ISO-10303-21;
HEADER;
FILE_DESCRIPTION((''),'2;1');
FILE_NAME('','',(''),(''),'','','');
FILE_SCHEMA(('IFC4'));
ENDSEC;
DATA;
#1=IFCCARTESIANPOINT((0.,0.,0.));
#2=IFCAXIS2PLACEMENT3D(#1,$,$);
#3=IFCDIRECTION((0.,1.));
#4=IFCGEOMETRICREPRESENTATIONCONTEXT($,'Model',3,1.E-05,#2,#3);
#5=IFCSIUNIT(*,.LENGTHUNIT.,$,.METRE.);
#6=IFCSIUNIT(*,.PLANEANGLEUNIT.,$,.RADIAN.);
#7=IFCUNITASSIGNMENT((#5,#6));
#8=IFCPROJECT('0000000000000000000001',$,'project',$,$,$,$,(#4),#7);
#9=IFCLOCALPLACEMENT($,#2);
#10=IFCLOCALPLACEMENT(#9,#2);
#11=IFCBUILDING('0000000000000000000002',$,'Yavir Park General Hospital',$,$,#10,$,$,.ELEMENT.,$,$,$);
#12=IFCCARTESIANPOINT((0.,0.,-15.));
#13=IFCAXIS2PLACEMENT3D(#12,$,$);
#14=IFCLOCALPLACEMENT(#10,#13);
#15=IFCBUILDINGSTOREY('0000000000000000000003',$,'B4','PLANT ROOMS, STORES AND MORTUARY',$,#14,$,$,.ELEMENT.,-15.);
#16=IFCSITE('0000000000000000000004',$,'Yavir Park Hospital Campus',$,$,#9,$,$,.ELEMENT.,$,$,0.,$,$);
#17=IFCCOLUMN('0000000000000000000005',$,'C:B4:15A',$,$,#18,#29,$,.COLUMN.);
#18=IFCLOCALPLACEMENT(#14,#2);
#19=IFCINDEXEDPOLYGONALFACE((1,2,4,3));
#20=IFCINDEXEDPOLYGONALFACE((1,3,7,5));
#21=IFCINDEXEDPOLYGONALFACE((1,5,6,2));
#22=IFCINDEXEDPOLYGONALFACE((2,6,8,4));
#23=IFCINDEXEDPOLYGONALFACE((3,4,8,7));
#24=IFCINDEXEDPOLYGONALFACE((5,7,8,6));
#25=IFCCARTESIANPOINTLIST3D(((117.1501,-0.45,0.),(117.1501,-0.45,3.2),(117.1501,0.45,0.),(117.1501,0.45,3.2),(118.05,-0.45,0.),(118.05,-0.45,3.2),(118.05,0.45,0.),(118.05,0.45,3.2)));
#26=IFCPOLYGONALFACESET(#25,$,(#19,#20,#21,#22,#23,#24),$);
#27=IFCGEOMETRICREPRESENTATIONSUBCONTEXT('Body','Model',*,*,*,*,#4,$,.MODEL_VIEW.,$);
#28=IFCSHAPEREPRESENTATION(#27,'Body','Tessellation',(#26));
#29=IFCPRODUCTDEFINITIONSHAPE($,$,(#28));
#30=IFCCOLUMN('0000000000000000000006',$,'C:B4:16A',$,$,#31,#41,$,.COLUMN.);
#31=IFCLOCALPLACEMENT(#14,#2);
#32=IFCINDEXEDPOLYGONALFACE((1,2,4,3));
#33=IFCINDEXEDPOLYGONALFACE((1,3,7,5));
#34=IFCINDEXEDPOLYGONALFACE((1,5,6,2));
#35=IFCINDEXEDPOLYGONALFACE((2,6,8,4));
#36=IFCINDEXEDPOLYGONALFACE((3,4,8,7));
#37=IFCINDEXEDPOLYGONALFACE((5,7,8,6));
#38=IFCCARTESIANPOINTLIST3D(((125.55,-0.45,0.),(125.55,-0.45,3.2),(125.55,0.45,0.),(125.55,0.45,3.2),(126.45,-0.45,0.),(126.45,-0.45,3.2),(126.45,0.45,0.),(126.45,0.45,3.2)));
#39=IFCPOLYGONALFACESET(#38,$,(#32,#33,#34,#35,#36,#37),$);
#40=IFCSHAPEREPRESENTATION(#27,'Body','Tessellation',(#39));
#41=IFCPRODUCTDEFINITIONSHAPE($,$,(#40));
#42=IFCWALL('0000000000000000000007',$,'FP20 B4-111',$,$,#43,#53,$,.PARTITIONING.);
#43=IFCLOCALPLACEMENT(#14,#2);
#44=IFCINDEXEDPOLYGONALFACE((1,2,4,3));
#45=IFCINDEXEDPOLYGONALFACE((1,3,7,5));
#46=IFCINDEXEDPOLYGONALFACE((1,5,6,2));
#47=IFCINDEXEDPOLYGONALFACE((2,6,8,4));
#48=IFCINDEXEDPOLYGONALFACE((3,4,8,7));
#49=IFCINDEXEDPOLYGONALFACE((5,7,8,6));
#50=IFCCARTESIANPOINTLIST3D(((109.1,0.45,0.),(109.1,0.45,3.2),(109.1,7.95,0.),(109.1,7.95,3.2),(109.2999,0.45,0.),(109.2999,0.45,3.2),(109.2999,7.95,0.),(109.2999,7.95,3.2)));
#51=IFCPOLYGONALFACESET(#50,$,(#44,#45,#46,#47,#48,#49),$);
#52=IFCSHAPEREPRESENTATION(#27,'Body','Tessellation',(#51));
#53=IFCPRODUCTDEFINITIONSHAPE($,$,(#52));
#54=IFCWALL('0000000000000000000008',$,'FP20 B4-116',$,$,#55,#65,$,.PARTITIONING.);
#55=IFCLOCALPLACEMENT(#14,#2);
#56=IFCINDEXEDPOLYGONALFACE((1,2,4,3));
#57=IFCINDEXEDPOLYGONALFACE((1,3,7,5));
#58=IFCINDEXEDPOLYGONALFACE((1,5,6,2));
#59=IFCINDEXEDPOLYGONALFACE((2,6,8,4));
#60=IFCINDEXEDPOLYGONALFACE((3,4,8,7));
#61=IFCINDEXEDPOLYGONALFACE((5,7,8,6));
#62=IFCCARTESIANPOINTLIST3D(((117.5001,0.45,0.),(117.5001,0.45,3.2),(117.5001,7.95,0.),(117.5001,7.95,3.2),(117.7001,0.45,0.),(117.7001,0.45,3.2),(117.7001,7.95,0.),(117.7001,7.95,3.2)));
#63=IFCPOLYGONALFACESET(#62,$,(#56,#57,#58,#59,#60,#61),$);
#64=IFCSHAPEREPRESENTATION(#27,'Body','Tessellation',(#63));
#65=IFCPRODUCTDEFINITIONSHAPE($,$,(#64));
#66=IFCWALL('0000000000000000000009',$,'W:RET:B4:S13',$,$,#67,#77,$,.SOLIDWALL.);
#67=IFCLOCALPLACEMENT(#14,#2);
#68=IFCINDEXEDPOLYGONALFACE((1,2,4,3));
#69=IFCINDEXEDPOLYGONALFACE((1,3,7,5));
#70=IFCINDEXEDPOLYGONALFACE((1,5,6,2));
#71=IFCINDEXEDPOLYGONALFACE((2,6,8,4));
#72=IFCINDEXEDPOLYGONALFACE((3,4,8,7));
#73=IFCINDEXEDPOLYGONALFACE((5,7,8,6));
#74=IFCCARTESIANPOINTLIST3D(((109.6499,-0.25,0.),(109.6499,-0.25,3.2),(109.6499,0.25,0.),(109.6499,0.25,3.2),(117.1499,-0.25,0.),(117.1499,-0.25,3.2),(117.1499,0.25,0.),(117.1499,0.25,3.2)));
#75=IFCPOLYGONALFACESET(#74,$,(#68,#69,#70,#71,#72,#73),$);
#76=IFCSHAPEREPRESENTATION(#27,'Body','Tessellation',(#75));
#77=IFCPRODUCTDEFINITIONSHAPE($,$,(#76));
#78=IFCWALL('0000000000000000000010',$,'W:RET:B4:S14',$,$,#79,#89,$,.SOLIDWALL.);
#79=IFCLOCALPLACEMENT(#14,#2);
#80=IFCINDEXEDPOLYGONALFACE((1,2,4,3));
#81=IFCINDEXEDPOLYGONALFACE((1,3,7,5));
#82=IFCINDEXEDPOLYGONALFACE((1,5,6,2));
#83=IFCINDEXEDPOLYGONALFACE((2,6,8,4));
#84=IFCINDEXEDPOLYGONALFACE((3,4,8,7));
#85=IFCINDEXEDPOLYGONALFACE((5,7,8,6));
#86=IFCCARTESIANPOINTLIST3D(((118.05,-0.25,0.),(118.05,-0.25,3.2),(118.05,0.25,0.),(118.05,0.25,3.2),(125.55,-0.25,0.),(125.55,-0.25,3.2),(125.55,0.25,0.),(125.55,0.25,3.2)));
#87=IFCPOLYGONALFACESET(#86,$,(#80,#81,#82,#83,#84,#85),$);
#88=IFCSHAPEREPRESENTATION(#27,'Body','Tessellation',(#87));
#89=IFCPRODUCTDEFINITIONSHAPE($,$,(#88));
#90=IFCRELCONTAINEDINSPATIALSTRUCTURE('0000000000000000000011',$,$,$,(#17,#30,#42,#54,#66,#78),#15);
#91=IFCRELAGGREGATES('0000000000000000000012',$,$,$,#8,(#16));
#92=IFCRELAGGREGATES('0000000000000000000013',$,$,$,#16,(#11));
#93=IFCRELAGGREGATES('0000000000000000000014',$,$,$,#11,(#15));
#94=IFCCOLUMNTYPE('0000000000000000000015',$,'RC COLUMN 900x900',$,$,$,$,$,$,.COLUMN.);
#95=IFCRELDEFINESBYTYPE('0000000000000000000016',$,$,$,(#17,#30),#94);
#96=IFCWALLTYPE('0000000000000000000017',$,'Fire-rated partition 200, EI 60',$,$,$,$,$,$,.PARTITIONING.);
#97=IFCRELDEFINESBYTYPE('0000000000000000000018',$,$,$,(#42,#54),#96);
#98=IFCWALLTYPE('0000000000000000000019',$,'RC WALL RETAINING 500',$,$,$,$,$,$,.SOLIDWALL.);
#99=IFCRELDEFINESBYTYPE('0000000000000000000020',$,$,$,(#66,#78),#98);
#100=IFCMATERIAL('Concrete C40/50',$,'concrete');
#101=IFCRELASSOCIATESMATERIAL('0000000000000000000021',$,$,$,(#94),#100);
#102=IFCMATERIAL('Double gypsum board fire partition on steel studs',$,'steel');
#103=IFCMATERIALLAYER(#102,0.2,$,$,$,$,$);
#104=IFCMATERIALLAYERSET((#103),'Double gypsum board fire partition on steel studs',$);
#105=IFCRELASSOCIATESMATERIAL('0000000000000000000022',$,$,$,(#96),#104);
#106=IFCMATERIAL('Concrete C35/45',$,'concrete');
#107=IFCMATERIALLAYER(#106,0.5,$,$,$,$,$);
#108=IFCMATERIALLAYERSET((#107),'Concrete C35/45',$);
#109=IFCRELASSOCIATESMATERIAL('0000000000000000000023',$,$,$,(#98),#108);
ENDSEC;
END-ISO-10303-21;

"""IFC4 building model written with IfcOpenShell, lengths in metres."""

from ifc_helpers import new_model, si_unit, direction, frame, frame_2d, origin, origin_2d, place, context, subcontext, project, spatial, rectangle, extrude, material, layer, layer_set, material_profile, profile_set, type_object, element, save


model = new_model("IFC4")

# Units and contexts
model_context = context("Model", 3, precision=1e-05, world=origin(), true_north=direction((0.0, 1.0)))
body_context = subcontext(model_context, "Body", "Model", "MODEL_VIEW")
ifc_project = project(units=[si_unit("LENGTHUNIT", "METRE"), si_unit("PLANEANGLEUNIT", "RADIAN")], contexts=[model_context])

# Site, building, storey
site_placement = place(None, origin())
site = spatial("IfcSite", under=ifc_project, at=site_placement, Name="Yavir Park Hospital Campus", CompositionType="ELEMENT", RefElevation=0.0)
building_placement = place(site_placement, origin())
building = spatial("IfcBuilding", under=site, at=building_placement, Name="Yavir Park General Hospital", CompositionType="ELEMENT")
storey_placement = place(building_placement, frame((0.0, 0.0, -15.0)))
storey = spatial("IfcBuildingStorey", under=building, at=storey_placement, Name="B4", Description="PLANT ROOMS, STORES AND MORTUARY", CompositionType="ELEMENT", Elevation=-15.0)

# Columns
ifc_material_1 = material(Name="Concrete C40/50", Category="concrete")
ifc_material_profile_1 = material_profile(ifc_material_1, rectangle(XDim=0.8999, YDim=0.8999, at=origin_2d()), Name="RC900x900")
ifc_profile_set_1 = profile_set([ifc_material_profile_1], Name="Concrete C40/50")
column_type = type_object("IfcColumnType", Name="RC COLUMN 900x900", PredefinedType="COLUMN", material=ifc_profile_set_1)
for number, where, z_axis, x_axis, name in (
    (1, (117.6001, 0.0, 0.0), (0.0, 0.0, 1.0), (1.0, 0.0, 0.0), "C:B4:15A"),
    (2, (126.0, 0.0, 0.0), (0.0, 0.0, 1.0), (1.0, 0.0, 0.0), "C:B4:16A"),
):
    element("IfcColumn", number, at=place(storey_placement, frame(where, z_axis=z_axis, x_axis=x_axis)), inside=storey, type_object=column_type, Name=name, PredefinedType="COLUMN", context=body_context, shape_type="SweptSolid", body=[
        extrude(rectangle(XDim=0.8999, YDim=0.8999, at=origin_2d()), origin(), (0.0, 0.0, 1.0), 3.2),
    ])

# Walls
ifc_material_2 = material(Name="Double gypsum board fire partition on steel studs", Category="steel")
ifc_layer_1 = layer(ifc_material_2, 0.2)
ifc_layer_set_1 = layer_set([ifc_layer_1], Name="Double gypsum board fire partition on steel studs")
wall_type_1 = type_object("IfcWallType", Name="Fire-rated partition 200, EI 60", PredefinedType="PARTITIONING", material=ifc_layer_set_1)
for number, where, z_axis, x_axis, name in (
    (3, (109.2, 0.45, 0.0), (0.0, 0.0, 1.0), (0.0, 1.0, 0.0), "FP20 B4-111"),
    (4, (117.6001, 0.45, 0.0), (0.0, 0.0, 1.0), (0.0, 1.0, 0.0), "FP20 B4-116"),
):
    element("IfcWall", number, at=place(storey_placement, frame(where, z_axis=z_axis, x_axis=x_axis)), inside=storey, type_object=wall_type_1, Name=name, PredefinedType="PARTITIONING", context=body_context, shape_type="SweptSolid", body=[
        extrude(rectangle(XDim=7.5, YDim=0.2, at=frame_2d((3.75, 0.0))), origin(), (0.0, 0.0, 1.0), 3.2),
    ])
ifc_material_3 = material(Name="Concrete C35/45", Category="concrete")
ifc_layer_2 = layer(ifc_material_3, 0.5)
ifc_layer_set_2 = layer_set([ifc_layer_2], Name="Concrete C35/45")
wall_type_2 = type_object("IfcWallType", Name="RC WALL RETAINING 500", PredefinedType="SOLIDWALL", material=ifc_layer_set_2)
for number, where, z_axis, x_axis, name in (
    (5, (109.6499, 0.0, 0.0), (0.0, 0.0, 1.0), (1.0, 0.0, 0.0), "W:RET:B4:S13"),
    (6, (118.05, 0.0, 0.0), (0.0, 0.0, 1.0), (1.0, 0.0, 0.0), "W:RET:B4:S14"),
):
    element("IfcWall", number, at=place(storey_placement, frame(where, z_axis=z_axis, x_axis=x_axis)), inside=storey, type_object=wall_type_2, Name=name, PredefinedType="SOLIDWALL", context=body_context, shape_type="SweptSolid", body=[
        extrude(rectangle(XDim=7.5, YDim=0.5, at=frame_2d((3.75, 0.0))), origin(), (0.0, 0.0, 1.0), 3.2),
    ])

save(model, "model.ifc")
